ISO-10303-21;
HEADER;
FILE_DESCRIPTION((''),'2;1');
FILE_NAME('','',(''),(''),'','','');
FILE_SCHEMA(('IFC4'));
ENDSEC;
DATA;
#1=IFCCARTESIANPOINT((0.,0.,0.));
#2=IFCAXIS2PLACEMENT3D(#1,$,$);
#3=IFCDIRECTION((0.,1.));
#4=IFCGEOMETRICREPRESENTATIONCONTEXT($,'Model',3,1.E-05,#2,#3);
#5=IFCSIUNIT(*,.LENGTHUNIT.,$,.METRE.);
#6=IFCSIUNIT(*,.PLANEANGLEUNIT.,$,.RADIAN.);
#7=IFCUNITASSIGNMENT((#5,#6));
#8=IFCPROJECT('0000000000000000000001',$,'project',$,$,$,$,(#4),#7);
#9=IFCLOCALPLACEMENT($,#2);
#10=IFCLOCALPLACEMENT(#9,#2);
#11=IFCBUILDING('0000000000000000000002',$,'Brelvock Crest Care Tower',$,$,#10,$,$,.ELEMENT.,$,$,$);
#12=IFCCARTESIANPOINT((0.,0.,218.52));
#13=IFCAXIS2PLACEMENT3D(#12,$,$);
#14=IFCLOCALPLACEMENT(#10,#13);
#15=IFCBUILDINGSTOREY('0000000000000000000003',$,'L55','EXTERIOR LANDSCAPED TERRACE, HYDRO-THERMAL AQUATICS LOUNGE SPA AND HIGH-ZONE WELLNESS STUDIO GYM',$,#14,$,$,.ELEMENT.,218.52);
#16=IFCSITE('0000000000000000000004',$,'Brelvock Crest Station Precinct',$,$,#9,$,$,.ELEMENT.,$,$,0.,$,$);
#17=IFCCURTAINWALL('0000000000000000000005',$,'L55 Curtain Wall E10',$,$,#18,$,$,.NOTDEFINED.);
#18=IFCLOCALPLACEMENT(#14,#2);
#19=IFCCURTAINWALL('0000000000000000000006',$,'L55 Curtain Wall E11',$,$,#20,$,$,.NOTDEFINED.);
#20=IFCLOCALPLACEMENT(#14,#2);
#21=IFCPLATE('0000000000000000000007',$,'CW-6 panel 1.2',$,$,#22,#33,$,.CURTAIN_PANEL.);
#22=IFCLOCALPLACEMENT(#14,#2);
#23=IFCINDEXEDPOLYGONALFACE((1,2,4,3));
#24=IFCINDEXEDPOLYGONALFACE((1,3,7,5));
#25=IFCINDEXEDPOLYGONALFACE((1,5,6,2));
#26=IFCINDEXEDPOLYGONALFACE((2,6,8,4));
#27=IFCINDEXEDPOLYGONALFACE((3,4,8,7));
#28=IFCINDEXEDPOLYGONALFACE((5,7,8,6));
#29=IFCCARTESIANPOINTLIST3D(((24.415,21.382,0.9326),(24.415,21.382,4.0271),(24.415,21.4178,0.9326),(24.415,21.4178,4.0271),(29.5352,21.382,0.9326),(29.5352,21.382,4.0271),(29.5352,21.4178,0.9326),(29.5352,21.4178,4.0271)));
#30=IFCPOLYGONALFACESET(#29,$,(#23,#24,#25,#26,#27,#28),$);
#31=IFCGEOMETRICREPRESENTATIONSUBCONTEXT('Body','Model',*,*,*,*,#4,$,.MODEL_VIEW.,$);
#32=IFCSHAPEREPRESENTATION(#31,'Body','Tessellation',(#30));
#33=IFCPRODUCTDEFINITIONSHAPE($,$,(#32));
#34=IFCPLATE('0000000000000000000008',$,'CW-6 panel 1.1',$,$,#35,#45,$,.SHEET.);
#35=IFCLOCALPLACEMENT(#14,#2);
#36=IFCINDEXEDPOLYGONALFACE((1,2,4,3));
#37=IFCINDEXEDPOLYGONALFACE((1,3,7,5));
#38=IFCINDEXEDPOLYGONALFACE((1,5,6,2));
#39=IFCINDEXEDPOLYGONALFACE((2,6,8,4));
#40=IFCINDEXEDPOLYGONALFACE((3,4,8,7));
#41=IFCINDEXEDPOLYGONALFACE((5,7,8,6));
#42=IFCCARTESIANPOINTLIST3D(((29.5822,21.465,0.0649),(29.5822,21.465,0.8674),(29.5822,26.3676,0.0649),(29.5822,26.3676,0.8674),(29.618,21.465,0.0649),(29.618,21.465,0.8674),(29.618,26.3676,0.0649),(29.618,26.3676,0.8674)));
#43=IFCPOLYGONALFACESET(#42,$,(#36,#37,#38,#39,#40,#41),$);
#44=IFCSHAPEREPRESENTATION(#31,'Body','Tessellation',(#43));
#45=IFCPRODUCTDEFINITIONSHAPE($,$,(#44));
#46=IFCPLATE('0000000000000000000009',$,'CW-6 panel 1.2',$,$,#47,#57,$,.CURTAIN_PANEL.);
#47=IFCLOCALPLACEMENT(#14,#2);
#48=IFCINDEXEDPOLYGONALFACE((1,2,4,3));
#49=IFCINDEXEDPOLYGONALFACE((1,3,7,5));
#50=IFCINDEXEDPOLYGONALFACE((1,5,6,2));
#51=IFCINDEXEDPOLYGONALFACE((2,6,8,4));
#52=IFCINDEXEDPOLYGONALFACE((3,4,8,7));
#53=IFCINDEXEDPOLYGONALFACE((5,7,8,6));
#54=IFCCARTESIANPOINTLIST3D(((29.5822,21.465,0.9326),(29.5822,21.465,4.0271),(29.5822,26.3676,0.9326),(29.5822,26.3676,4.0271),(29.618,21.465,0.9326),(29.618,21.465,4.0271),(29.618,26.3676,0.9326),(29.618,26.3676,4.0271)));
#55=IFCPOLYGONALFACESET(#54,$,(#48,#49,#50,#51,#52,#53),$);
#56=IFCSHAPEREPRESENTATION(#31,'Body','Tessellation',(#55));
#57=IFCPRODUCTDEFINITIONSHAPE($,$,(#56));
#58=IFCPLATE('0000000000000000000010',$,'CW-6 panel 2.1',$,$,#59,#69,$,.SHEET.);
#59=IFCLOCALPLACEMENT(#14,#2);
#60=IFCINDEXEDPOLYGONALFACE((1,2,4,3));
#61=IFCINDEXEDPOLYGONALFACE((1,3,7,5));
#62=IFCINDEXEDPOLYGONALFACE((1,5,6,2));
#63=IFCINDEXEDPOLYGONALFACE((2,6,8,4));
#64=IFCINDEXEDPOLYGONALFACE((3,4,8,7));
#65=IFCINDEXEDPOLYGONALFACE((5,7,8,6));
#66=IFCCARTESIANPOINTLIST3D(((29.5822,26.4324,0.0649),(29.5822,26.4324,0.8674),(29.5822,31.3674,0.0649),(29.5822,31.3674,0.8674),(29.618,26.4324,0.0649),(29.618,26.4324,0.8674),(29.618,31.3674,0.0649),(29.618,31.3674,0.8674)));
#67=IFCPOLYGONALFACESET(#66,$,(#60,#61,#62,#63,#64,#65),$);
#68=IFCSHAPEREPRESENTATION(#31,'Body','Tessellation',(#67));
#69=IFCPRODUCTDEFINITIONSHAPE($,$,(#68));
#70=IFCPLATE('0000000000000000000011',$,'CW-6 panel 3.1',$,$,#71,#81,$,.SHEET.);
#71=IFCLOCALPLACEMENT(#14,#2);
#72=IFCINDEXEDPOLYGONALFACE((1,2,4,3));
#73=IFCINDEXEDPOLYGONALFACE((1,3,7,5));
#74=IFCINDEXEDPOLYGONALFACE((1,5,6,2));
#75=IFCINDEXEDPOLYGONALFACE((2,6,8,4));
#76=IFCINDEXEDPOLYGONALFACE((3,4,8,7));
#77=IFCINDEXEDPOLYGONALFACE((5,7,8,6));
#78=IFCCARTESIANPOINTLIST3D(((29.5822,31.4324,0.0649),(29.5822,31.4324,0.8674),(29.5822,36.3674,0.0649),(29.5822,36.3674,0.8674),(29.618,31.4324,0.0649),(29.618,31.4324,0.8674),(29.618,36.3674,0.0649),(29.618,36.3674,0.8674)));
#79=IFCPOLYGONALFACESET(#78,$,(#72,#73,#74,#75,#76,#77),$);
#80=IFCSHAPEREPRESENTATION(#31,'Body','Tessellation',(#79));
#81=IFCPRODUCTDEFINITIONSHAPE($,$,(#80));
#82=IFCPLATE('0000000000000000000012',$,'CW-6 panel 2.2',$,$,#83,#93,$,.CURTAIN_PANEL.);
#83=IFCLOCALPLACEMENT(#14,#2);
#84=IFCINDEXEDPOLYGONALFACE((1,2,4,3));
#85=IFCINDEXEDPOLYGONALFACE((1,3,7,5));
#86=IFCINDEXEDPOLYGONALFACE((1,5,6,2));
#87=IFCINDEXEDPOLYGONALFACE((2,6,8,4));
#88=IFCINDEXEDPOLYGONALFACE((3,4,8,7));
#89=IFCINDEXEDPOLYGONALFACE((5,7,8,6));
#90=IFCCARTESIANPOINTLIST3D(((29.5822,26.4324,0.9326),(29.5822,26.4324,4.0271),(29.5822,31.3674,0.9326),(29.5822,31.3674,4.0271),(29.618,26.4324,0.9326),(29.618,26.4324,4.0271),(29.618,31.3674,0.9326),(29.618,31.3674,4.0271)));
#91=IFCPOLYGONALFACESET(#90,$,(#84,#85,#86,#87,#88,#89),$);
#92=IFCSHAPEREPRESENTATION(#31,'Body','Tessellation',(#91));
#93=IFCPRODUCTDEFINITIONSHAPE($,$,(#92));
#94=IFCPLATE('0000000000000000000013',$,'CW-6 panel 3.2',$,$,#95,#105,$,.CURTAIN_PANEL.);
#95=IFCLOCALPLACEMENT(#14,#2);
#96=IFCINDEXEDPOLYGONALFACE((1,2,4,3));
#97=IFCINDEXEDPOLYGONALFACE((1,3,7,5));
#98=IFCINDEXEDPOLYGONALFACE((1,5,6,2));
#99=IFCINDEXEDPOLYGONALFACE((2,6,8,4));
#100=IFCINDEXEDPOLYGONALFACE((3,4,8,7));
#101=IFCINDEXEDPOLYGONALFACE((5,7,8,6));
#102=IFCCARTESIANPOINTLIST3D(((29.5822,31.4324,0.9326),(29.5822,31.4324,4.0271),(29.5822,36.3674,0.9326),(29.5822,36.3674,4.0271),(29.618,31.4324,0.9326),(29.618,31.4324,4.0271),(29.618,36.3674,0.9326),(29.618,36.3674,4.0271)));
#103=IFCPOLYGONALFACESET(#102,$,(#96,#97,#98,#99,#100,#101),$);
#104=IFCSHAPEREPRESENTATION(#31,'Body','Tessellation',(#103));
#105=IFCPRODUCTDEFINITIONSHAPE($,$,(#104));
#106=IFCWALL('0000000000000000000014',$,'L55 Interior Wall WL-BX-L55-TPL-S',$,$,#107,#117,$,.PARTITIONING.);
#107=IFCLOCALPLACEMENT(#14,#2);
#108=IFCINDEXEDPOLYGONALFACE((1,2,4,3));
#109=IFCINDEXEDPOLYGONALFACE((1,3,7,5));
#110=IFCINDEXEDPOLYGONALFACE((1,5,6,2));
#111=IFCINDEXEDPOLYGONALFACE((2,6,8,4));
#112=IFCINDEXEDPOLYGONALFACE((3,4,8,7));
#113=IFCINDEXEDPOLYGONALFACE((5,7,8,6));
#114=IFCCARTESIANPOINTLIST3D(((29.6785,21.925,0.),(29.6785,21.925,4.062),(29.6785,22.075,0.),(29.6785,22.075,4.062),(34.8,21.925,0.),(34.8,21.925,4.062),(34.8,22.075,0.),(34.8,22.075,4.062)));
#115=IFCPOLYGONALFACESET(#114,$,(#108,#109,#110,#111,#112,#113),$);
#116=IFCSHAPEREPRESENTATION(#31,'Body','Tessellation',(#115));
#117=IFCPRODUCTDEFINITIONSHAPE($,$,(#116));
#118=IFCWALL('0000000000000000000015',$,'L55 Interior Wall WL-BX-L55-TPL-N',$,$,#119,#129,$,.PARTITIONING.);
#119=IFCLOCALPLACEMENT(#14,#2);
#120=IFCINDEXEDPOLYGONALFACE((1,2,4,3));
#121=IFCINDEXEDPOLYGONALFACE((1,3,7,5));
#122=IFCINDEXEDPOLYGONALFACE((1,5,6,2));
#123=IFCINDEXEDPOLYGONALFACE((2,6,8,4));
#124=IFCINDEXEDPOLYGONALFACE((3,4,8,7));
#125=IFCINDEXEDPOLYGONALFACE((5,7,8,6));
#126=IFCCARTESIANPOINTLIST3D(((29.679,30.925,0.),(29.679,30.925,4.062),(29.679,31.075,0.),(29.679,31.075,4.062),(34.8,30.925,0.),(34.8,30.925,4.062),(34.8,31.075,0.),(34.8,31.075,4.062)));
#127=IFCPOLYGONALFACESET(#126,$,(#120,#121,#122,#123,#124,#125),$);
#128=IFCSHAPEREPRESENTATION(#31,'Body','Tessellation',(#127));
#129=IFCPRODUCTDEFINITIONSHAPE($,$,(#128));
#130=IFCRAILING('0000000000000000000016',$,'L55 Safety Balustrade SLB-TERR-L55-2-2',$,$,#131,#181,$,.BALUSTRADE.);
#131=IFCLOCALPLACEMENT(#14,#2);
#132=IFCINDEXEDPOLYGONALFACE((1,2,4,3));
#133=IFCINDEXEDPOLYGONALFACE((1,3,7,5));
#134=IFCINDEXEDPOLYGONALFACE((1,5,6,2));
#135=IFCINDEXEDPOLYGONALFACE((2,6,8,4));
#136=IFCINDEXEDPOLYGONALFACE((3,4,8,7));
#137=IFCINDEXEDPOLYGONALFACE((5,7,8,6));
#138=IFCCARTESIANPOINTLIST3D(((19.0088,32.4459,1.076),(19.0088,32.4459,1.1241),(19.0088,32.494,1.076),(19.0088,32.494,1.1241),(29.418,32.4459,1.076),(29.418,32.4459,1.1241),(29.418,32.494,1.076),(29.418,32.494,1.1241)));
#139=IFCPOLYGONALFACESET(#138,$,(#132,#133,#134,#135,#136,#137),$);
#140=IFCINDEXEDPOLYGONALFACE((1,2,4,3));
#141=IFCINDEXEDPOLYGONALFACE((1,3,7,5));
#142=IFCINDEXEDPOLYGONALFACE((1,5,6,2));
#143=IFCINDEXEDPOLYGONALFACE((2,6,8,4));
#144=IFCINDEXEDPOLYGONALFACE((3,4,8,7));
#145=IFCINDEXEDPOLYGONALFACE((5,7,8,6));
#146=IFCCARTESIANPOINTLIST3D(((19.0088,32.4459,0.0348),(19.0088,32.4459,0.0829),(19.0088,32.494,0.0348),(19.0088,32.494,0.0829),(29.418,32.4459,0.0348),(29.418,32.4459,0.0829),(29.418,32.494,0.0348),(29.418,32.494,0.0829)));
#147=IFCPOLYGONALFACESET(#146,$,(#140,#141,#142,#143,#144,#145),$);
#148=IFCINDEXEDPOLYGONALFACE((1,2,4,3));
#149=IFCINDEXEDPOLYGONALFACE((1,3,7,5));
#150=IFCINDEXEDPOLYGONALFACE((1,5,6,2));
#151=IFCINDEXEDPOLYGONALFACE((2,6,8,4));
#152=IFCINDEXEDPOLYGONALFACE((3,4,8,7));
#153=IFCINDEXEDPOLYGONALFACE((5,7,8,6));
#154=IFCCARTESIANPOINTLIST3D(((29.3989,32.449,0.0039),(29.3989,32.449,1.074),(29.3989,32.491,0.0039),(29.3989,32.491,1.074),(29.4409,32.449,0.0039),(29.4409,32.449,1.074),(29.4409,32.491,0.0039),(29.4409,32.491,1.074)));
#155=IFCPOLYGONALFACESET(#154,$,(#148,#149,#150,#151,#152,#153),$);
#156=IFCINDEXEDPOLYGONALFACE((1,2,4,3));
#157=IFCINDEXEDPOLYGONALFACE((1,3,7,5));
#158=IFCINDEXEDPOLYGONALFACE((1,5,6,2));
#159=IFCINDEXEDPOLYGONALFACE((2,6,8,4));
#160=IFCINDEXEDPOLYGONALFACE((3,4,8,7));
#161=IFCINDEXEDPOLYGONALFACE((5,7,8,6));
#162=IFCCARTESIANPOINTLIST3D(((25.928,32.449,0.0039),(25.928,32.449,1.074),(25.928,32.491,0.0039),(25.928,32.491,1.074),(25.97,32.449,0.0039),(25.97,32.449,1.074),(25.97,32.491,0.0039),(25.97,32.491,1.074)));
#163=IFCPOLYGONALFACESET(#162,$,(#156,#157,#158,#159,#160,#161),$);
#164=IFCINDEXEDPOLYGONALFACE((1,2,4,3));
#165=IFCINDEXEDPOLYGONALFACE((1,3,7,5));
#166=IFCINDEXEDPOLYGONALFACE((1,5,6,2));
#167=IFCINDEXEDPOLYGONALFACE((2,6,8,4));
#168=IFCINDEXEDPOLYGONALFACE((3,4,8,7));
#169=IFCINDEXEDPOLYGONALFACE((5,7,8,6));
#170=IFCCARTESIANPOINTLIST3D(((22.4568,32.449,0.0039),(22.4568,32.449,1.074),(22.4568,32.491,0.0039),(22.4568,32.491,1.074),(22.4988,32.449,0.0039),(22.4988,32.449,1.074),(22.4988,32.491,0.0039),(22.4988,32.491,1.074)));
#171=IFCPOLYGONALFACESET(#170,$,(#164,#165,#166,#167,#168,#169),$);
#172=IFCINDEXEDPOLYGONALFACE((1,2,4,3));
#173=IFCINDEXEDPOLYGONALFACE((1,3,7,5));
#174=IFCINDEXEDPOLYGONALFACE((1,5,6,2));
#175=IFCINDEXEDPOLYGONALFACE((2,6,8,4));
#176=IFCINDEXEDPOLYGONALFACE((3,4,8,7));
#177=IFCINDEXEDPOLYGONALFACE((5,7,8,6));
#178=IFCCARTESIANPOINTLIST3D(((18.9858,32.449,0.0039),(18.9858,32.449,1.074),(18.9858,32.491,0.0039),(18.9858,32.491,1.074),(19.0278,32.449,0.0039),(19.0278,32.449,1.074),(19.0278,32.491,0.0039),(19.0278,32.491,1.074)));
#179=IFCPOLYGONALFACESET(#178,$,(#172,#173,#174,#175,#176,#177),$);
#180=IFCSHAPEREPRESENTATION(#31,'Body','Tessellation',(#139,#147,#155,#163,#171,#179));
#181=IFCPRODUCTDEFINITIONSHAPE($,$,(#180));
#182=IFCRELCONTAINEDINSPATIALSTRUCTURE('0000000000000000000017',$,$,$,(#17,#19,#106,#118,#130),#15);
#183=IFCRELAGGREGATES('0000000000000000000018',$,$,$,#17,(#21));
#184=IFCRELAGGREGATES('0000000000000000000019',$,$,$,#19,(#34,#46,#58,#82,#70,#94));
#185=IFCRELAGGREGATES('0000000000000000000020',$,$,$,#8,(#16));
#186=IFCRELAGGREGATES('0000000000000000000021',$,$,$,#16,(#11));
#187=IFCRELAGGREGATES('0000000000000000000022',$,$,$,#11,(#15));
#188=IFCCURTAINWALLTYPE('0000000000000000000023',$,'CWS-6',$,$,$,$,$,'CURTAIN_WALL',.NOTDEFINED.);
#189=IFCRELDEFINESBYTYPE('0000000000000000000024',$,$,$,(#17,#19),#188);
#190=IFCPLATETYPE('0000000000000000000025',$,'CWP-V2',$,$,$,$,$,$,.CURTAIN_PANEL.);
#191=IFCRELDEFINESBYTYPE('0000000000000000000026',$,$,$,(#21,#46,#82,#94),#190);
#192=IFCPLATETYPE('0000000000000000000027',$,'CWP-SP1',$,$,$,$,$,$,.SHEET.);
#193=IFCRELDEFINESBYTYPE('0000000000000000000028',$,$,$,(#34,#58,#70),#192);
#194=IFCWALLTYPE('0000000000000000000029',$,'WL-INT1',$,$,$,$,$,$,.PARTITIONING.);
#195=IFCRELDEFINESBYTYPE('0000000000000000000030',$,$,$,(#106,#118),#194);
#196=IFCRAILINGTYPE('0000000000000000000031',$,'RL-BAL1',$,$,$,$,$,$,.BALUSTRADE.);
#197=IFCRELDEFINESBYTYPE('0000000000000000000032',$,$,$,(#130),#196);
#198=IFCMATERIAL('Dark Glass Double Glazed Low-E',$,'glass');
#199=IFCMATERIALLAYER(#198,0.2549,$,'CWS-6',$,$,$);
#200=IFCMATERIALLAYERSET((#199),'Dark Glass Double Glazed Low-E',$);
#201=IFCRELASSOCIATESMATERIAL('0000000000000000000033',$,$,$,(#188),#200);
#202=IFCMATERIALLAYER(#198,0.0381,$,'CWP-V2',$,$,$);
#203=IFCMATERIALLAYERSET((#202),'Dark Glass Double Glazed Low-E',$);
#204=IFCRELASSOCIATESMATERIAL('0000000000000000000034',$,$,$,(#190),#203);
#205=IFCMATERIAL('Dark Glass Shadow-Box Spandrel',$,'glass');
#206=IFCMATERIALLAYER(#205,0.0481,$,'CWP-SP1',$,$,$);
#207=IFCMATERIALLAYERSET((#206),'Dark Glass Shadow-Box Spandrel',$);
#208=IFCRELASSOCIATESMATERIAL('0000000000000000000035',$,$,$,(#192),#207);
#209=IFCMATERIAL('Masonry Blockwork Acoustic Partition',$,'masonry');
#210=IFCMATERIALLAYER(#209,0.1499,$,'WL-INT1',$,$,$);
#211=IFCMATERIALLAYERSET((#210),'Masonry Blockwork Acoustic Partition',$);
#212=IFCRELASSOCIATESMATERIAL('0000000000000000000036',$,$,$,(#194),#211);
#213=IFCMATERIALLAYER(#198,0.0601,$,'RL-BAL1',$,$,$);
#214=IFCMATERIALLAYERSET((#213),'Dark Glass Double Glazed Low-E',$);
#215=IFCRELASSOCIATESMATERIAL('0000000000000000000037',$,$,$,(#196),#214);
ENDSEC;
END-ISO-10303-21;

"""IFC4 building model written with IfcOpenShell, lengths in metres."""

from ifc_helpers import new_model, si_unit, direction, frame, frame_2d, origin, origin_2d, place, context, subcontext, project, spatial, rectangle, extrude, source, transform, mapped, material, layer, layer_set, type_object, element, aggregate, save


model = new_model("IFC4")

# Units and contexts
model_context = context("Model", 3, precision=1e-05, world=origin(), true_north=direction((0.0, 1.0)))
body_context = subcontext(model_context, "Body", "Model", "MODEL_VIEW")
ifc_project = project(units=[si_unit("LENGTHUNIT", "METRE"), si_unit("PLANEANGLEUNIT", "RADIAN")], contexts=[model_context])

# Site, building, storey
site_placement = place(None, origin())
site = spatial("IfcSite", under=ifc_project, at=site_placement, Name="Brelvock Crest Station Precinct", CompositionType="ELEMENT", RefElevation=0.0)
building_placement = place(site_placement, origin())
building = spatial("IfcBuilding", under=site, at=building_placement, Name="Brelvock Crest Care Tower", CompositionType="ELEMENT")
storey_placement = place(building_placement, frame((0.0, 0.0, 218.52)))
storey = spatial("IfcBuildingStorey", under=building, at=storey_placement, Name="L55", Description="EXTERIOR LANDSCAPED TERRACE, HYDRO-THERMAL AQUATICS LOUNGE SPA AND HIGH-ZONE WELLNESS STUDIO GYM", CompositionType="ELEMENT", Elevation=218.52)

# Curtain wall
ifc_material_1 = material(Name="Dark Glass Double Glazed Low-E", Category="glass")
ifc_layer_1 = layer(ifc_material_1, 0.2549, Name="CWS-6")
ifc_layer_set_1 = layer_set([ifc_layer_1], Name="Dark Glass Double Glazed Low-E")
curtain_wall_type = type_object("IfcCurtainWallType", Name="CWS-6", ElementType="CURTAIN_WALL", PredefinedType="NOTDEFINED", material=ifc_layer_set_1)
curtain_wall_1_placement = place(storey_placement, origin())
curtain_wall_1 = element("IfcCurtainWall", 1, at=curtain_wall_1_placement, inside=storey, type_object=curtain_wall_type, Name="L55 Curtain Wall E10", PredefinedType="NOTDEFINED")

# Curtain wall
curtain_wall_2_placement = place(storey_placement, origin())
curtain_wall_2 = element("IfcCurtainWall", 2, at=curtain_wall_2_placement, inside=storey, type_object=curtain_wall_type, Name="L55 Curtain Wall E11", PredefinedType="NOTDEFINED")

# Plates
ifc_layer_2 = layer(ifc_material_1, 0.0381, Name="CWP-V2")
ifc_layer_set_2 = layer_set([ifc_layer_2], Name="Dark Glass Double Glazed Low-E")
plate_type_1 = type_object("IfcPlateType", Name="CWP-V2", PredefinedType="CURTAIN_PANEL", material=ifc_layer_set_2)
shared_shape_1 = source(origin(), body_context, "Body", "SweptSolid", [
    extrude(rectangle(XDim=5.1201, YDim=0.0359, at=origin_2d()), origin(), (0.0, 0.0, 1.0), 3.0945),
])
plate_1_placement = place(storey_placement, frame((26.9751, 21.3999, 0.9326), z_axis=(0.0, 0.0, 1.0), x_axis=(1.0, 0.0, 0.0)))
plate_1 = element("IfcPlate", 3, at=plate_1_placement, type_object=plate_type_1, Name="CW-6 panel 1.2", PredefinedType="CURTAIN_PANEL", context=body_context, shape_type="MappedRepresentation", body=[
    mapped(shared_shape_1, transform((0.0, 0.0, 0.0), x_axis=(1.0, 0.0, 0.0), y_axis=(0.0, 1.0, 0.0), z_axis=(0.0, 0.0, 1.0), scale=1.0)),
])
aggregate(curtain_wall_1, [plate_1])
ifc_material_2 = material(Name="Dark Glass Shadow-Box Spandrel", Category="glass")
ifc_layer_3 = layer(ifc_material_2, 0.0481, Name="CWP-SP1")
ifc_layer_set_3 = layer_set([ifc_layer_3], Name="Dark Glass Shadow-Box Spandrel")
plate_type_2 = type_object("IfcPlateType", Name="CWP-SP1", PredefinedType="SHEET", material=ifc_layer_set_3)
shared_shape_2 = source(origin(), body_context, "Body", "SweptSolid", [
    extrude(rectangle(XDim=4.9026, YDim=0.0359, at=origin_2d()), origin(), (0.0, 0.0, 1.0), 0.8025),
])
plate_2_placement = place(storey_placement, frame((29.6001, 23.9163, 0.0649), z_axis=(0.0, 0.0, 1.0), x_axis=(0.0, 1.0, 0.0)))
plate_2 = element("IfcPlate", 4, at=plate_2_placement, type_object=plate_type_2, Name="CW-6 panel 1.1", PredefinedType="SHEET", context=body_context, shape_type="MappedRepresentation", body=[
    mapped(shared_shape_2, transform((0.0, 0.0, 0.0), x_axis=(1.0, 0.0, 0.0), y_axis=(0.0, 1.0, 0.0), z_axis=(0.0, 0.0, 1.0), scale=1.0)),
])
shared_shape_3 = source(origin(), body_context, "Body", "SweptSolid", [
    extrude(rectangle(XDim=4.9026, YDim=0.0359, at=origin_2d()), origin(), (0.0, 0.0, 1.0), 3.0945),
])
plate_3_placement = place(storey_placement, frame((29.6001, 23.9163, 0.9326), z_axis=(0.0, 0.0, 1.0), x_axis=(0.0, 1.0, 0.0)))
plate_3 = element("IfcPlate", 5, at=plate_3_placement, type_object=plate_type_1, Name="CW-6 panel 1.2", PredefinedType="CURTAIN_PANEL", context=body_context, shape_type="MappedRepresentation", body=[
    mapped(shared_shape_3, transform((0.0, 0.0, 0.0), x_axis=(1.0, 0.0, 0.0), y_axis=(0.0, 1.0, 0.0), z_axis=(0.0, 0.0, 1.0), scale=1.0)),
])
shared_shape_4 = source(origin(), body_context, "Body", "SweptSolid", [
    extrude(rectangle(XDim=4.9351, YDim=0.0359, at=origin_2d()), origin(), (0.0, 0.0, 1.0), 0.8025),
])
plate_4_placement = place(storey_placement, frame((29.6001, 28.8999, 0.0649), z_axis=(0.0, 0.0, 1.0), x_axis=(0.0, 1.0, 0.0)))
plate_4 = element("IfcPlate", 6, at=plate_4_placement, type_object=plate_type_2, Name="CW-6 panel 2.1", PredefinedType="SHEET", context=body_context, shape_type="MappedRepresentation", body=[
    mapped(shared_shape_4, transform((0.0, 0.0, 0.0), x_axis=(1.0, 0.0, 0.0), y_axis=(0.0, 1.0, 0.0), z_axis=(0.0, 0.0, 1.0), scale=1.0)),
])
plate_5_placement = place(storey_placement, frame((29.6001, 33.8999, 0.0649), z_axis=(0.0, 0.0, 1.0), x_axis=(0.0, 1.0, 0.0)))
plate_5 = element("IfcPlate", 7, at=plate_5_placement, type_object=plate_type_2, Name="CW-6 panel 3.1", PredefinedType="SHEET", context=body_context, shape_type="MappedRepresentation", body=[
    mapped(shared_shape_4, transform((0.0, 0.0, 0.0), x_axis=(1.0, 0.0, 0.0), y_axis=(0.0, 1.0, 0.0), z_axis=(0.0, 0.0, 1.0), scale=1.0)),
])
shared_shape_5 = source(origin(), body_context, "Body", "SweptSolid", [
    extrude(rectangle(XDim=4.9351, YDim=0.0359, at=origin_2d()), origin(), (0.0, 0.0, 1.0), 3.0945),
])
plate_6_placement = place(storey_placement, frame((29.6001, 28.8999, 0.9326), z_axis=(0.0, 0.0, 1.0), x_axis=(0.0, 1.0, 0.0)))
plate_6 = element("IfcPlate", 8, at=plate_6_placement, type_object=plate_type_1, Name="CW-6 panel 2.2", PredefinedType="CURTAIN_PANEL", context=body_context, shape_type="MappedRepresentation", body=[
    mapped(shared_shape_5, transform((0.0, 0.0, 0.0), x_axis=(1.0, 0.0, 0.0), y_axis=(0.0, 1.0, 0.0), z_axis=(0.0, 0.0, 1.0), scale=1.0)),
])
plate_7_placement = place(storey_placement, frame((29.6001, 33.8999, 0.9326), z_axis=(0.0, 0.0, 1.0), x_axis=(0.0, 1.0, 0.0)))
plate_7 = element("IfcPlate", 9, at=plate_7_placement, type_object=plate_type_1, Name="CW-6 panel 3.2", PredefinedType="CURTAIN_PANEL", context=body_context, shape_type="MappedRepresentation", body=[
    mapped(shared_shape_5, transform((0.0, 0.0, 0.0), x_axis=(1.0, 0.0, 0.0), y_axis=(0.0, 1.0, 0.0), z_axis=(0.0, 0.0, 1.0), scale=1.0)),
])
aggregate(curtain_wall_2, [plate_2, plate_3, plate_4, plate_6, plate_5, plate_7])

# Walls
ifc_material_3 = material(Name="Masonry Blockwork Acoustic Partition", Category="masonry")
ifc_layer_4 = layer(ifc_material_3, 0.1499, Name="WL-INT1")
ifc_layer_set_4 = layer_set([ifc_layer_4], Name="Masonry Blockwork Acoustic Partition")
wall_type = type_object("IfcWallType", Name="WL-INT1", PredefinedType="PARTITIONING", material=ifc_layer_set_4)
wall_1_placement = place(storey_placement, frame((29.6785, 22.0, 0.0), z_axis=(0.0, 0.0, 1.0), x_axis=(1.0, 0.0, 0.0)))
element("IfcWall", 10, at=wall_1_placement, inside=storey, type_object=wall_type, Name="L55 Interior Wall WL-BX-L55-TPL-S", PredefinedType="PARTITIONING", context=body_context, shape_type="SweptSolid", body=[
    extrude(rectangle(XDim=5.1216, YDim=0.1499, at=frame_2d((2.5608, 0.0))), origin(), (0.0, 0.0, 1.0), 4.062),
])
wall_2_placement = place(storey_placement, frame((29.679, 31.0, 0.0), z_axis=(0.0, 0.0, 1.0), x_axis=(1.0, 0.0, 0.0)))
element("IfcWall", 11, at=wall_2_placement, inside=storey, type_object=wall_type, Name="L55 Interior Wall WL-BX-L55-TPL-N", PredefinedType="PARTITIONING", context=body_context, shape_type="SweptSolid", body=[
    extrude(rectangle(XDim=5.1211, YDim=0.1499, at=frame_2d((2.5605, 0.0))), origin(), (0.0, 0.0, 1.0), 4.062),
])

# Railing
ifc_layer_5 = layer(ifc_material_1, 0.0601, Name="RL-BAL1")
ifc_layer_set_5 = layer_set([ifc_layer_5], Name="Dark Glass Double Glazed Low-E")
railing_type = type_object("IfcRailingType", Name="RL-BAL1", PredefinedType="BALUSTRADE", material=ifc_layer_set_5)
railing_1_placement = place(storey_placement, frame((29.4199, 32.47, 0.0039)))
element("IfcRailing", 12, at=railing_1_placement, inside=storey, type_object=railing_type, Name="L55 Safety Balustrade SLB-TERR-L55-2-2", PredefinedType="BALUSTRADE", context=body_context, shape_type="SweptSolid", body=[
    extrude(rectangle(XDim=0.0481, YDim=0.0481, at=origin_2d()), frame((-0.002, 0.0, 1.0962), z_axis=(-1.0, 0.0, 0.0), x_axis=(0.0, -1.0, 0.0)), (0.0, 0.0, 1.0), 10.4092),
    extrude(rectangle(XDim=0.0481, YDim=0.0481, at=origin_2d()), frame((-0.002, 0.0, 0.0549), z_axis=(-1.0, 0.0, 0.0), x_axis=(0.0, -1.0, 0.0)), (0.0, 0.0, 1.0), 10.4092),
    extrude(rectangle(XDim=0.042, YDim=0.042, at=origin_2d()), origin(), (0.0, 0.0, 1.0), 1.0701),
    extrude(rectangle(XDim=0.042, YDim=0.042, at=origin_2d()), frame((-3.4709, 0.0, 0.0)), (0.0, 0.0, 1.0), 1.0701),
    extrude(rectangle(XDim=0.042, YDim=0.042, at=origin_2d()), frame((-6.9421, 0.0, 0.0)), (0.0, 0.0, 1.0), 1.0701),
    extrude(rectangle(XDim=0.042, YDim=0.042, at=origin_2d()), frame((-10.4131, 0.0, 0.0)), (0.0, 0.0, 1.0), 1.0701),
])

save(model, "model.ifc")
